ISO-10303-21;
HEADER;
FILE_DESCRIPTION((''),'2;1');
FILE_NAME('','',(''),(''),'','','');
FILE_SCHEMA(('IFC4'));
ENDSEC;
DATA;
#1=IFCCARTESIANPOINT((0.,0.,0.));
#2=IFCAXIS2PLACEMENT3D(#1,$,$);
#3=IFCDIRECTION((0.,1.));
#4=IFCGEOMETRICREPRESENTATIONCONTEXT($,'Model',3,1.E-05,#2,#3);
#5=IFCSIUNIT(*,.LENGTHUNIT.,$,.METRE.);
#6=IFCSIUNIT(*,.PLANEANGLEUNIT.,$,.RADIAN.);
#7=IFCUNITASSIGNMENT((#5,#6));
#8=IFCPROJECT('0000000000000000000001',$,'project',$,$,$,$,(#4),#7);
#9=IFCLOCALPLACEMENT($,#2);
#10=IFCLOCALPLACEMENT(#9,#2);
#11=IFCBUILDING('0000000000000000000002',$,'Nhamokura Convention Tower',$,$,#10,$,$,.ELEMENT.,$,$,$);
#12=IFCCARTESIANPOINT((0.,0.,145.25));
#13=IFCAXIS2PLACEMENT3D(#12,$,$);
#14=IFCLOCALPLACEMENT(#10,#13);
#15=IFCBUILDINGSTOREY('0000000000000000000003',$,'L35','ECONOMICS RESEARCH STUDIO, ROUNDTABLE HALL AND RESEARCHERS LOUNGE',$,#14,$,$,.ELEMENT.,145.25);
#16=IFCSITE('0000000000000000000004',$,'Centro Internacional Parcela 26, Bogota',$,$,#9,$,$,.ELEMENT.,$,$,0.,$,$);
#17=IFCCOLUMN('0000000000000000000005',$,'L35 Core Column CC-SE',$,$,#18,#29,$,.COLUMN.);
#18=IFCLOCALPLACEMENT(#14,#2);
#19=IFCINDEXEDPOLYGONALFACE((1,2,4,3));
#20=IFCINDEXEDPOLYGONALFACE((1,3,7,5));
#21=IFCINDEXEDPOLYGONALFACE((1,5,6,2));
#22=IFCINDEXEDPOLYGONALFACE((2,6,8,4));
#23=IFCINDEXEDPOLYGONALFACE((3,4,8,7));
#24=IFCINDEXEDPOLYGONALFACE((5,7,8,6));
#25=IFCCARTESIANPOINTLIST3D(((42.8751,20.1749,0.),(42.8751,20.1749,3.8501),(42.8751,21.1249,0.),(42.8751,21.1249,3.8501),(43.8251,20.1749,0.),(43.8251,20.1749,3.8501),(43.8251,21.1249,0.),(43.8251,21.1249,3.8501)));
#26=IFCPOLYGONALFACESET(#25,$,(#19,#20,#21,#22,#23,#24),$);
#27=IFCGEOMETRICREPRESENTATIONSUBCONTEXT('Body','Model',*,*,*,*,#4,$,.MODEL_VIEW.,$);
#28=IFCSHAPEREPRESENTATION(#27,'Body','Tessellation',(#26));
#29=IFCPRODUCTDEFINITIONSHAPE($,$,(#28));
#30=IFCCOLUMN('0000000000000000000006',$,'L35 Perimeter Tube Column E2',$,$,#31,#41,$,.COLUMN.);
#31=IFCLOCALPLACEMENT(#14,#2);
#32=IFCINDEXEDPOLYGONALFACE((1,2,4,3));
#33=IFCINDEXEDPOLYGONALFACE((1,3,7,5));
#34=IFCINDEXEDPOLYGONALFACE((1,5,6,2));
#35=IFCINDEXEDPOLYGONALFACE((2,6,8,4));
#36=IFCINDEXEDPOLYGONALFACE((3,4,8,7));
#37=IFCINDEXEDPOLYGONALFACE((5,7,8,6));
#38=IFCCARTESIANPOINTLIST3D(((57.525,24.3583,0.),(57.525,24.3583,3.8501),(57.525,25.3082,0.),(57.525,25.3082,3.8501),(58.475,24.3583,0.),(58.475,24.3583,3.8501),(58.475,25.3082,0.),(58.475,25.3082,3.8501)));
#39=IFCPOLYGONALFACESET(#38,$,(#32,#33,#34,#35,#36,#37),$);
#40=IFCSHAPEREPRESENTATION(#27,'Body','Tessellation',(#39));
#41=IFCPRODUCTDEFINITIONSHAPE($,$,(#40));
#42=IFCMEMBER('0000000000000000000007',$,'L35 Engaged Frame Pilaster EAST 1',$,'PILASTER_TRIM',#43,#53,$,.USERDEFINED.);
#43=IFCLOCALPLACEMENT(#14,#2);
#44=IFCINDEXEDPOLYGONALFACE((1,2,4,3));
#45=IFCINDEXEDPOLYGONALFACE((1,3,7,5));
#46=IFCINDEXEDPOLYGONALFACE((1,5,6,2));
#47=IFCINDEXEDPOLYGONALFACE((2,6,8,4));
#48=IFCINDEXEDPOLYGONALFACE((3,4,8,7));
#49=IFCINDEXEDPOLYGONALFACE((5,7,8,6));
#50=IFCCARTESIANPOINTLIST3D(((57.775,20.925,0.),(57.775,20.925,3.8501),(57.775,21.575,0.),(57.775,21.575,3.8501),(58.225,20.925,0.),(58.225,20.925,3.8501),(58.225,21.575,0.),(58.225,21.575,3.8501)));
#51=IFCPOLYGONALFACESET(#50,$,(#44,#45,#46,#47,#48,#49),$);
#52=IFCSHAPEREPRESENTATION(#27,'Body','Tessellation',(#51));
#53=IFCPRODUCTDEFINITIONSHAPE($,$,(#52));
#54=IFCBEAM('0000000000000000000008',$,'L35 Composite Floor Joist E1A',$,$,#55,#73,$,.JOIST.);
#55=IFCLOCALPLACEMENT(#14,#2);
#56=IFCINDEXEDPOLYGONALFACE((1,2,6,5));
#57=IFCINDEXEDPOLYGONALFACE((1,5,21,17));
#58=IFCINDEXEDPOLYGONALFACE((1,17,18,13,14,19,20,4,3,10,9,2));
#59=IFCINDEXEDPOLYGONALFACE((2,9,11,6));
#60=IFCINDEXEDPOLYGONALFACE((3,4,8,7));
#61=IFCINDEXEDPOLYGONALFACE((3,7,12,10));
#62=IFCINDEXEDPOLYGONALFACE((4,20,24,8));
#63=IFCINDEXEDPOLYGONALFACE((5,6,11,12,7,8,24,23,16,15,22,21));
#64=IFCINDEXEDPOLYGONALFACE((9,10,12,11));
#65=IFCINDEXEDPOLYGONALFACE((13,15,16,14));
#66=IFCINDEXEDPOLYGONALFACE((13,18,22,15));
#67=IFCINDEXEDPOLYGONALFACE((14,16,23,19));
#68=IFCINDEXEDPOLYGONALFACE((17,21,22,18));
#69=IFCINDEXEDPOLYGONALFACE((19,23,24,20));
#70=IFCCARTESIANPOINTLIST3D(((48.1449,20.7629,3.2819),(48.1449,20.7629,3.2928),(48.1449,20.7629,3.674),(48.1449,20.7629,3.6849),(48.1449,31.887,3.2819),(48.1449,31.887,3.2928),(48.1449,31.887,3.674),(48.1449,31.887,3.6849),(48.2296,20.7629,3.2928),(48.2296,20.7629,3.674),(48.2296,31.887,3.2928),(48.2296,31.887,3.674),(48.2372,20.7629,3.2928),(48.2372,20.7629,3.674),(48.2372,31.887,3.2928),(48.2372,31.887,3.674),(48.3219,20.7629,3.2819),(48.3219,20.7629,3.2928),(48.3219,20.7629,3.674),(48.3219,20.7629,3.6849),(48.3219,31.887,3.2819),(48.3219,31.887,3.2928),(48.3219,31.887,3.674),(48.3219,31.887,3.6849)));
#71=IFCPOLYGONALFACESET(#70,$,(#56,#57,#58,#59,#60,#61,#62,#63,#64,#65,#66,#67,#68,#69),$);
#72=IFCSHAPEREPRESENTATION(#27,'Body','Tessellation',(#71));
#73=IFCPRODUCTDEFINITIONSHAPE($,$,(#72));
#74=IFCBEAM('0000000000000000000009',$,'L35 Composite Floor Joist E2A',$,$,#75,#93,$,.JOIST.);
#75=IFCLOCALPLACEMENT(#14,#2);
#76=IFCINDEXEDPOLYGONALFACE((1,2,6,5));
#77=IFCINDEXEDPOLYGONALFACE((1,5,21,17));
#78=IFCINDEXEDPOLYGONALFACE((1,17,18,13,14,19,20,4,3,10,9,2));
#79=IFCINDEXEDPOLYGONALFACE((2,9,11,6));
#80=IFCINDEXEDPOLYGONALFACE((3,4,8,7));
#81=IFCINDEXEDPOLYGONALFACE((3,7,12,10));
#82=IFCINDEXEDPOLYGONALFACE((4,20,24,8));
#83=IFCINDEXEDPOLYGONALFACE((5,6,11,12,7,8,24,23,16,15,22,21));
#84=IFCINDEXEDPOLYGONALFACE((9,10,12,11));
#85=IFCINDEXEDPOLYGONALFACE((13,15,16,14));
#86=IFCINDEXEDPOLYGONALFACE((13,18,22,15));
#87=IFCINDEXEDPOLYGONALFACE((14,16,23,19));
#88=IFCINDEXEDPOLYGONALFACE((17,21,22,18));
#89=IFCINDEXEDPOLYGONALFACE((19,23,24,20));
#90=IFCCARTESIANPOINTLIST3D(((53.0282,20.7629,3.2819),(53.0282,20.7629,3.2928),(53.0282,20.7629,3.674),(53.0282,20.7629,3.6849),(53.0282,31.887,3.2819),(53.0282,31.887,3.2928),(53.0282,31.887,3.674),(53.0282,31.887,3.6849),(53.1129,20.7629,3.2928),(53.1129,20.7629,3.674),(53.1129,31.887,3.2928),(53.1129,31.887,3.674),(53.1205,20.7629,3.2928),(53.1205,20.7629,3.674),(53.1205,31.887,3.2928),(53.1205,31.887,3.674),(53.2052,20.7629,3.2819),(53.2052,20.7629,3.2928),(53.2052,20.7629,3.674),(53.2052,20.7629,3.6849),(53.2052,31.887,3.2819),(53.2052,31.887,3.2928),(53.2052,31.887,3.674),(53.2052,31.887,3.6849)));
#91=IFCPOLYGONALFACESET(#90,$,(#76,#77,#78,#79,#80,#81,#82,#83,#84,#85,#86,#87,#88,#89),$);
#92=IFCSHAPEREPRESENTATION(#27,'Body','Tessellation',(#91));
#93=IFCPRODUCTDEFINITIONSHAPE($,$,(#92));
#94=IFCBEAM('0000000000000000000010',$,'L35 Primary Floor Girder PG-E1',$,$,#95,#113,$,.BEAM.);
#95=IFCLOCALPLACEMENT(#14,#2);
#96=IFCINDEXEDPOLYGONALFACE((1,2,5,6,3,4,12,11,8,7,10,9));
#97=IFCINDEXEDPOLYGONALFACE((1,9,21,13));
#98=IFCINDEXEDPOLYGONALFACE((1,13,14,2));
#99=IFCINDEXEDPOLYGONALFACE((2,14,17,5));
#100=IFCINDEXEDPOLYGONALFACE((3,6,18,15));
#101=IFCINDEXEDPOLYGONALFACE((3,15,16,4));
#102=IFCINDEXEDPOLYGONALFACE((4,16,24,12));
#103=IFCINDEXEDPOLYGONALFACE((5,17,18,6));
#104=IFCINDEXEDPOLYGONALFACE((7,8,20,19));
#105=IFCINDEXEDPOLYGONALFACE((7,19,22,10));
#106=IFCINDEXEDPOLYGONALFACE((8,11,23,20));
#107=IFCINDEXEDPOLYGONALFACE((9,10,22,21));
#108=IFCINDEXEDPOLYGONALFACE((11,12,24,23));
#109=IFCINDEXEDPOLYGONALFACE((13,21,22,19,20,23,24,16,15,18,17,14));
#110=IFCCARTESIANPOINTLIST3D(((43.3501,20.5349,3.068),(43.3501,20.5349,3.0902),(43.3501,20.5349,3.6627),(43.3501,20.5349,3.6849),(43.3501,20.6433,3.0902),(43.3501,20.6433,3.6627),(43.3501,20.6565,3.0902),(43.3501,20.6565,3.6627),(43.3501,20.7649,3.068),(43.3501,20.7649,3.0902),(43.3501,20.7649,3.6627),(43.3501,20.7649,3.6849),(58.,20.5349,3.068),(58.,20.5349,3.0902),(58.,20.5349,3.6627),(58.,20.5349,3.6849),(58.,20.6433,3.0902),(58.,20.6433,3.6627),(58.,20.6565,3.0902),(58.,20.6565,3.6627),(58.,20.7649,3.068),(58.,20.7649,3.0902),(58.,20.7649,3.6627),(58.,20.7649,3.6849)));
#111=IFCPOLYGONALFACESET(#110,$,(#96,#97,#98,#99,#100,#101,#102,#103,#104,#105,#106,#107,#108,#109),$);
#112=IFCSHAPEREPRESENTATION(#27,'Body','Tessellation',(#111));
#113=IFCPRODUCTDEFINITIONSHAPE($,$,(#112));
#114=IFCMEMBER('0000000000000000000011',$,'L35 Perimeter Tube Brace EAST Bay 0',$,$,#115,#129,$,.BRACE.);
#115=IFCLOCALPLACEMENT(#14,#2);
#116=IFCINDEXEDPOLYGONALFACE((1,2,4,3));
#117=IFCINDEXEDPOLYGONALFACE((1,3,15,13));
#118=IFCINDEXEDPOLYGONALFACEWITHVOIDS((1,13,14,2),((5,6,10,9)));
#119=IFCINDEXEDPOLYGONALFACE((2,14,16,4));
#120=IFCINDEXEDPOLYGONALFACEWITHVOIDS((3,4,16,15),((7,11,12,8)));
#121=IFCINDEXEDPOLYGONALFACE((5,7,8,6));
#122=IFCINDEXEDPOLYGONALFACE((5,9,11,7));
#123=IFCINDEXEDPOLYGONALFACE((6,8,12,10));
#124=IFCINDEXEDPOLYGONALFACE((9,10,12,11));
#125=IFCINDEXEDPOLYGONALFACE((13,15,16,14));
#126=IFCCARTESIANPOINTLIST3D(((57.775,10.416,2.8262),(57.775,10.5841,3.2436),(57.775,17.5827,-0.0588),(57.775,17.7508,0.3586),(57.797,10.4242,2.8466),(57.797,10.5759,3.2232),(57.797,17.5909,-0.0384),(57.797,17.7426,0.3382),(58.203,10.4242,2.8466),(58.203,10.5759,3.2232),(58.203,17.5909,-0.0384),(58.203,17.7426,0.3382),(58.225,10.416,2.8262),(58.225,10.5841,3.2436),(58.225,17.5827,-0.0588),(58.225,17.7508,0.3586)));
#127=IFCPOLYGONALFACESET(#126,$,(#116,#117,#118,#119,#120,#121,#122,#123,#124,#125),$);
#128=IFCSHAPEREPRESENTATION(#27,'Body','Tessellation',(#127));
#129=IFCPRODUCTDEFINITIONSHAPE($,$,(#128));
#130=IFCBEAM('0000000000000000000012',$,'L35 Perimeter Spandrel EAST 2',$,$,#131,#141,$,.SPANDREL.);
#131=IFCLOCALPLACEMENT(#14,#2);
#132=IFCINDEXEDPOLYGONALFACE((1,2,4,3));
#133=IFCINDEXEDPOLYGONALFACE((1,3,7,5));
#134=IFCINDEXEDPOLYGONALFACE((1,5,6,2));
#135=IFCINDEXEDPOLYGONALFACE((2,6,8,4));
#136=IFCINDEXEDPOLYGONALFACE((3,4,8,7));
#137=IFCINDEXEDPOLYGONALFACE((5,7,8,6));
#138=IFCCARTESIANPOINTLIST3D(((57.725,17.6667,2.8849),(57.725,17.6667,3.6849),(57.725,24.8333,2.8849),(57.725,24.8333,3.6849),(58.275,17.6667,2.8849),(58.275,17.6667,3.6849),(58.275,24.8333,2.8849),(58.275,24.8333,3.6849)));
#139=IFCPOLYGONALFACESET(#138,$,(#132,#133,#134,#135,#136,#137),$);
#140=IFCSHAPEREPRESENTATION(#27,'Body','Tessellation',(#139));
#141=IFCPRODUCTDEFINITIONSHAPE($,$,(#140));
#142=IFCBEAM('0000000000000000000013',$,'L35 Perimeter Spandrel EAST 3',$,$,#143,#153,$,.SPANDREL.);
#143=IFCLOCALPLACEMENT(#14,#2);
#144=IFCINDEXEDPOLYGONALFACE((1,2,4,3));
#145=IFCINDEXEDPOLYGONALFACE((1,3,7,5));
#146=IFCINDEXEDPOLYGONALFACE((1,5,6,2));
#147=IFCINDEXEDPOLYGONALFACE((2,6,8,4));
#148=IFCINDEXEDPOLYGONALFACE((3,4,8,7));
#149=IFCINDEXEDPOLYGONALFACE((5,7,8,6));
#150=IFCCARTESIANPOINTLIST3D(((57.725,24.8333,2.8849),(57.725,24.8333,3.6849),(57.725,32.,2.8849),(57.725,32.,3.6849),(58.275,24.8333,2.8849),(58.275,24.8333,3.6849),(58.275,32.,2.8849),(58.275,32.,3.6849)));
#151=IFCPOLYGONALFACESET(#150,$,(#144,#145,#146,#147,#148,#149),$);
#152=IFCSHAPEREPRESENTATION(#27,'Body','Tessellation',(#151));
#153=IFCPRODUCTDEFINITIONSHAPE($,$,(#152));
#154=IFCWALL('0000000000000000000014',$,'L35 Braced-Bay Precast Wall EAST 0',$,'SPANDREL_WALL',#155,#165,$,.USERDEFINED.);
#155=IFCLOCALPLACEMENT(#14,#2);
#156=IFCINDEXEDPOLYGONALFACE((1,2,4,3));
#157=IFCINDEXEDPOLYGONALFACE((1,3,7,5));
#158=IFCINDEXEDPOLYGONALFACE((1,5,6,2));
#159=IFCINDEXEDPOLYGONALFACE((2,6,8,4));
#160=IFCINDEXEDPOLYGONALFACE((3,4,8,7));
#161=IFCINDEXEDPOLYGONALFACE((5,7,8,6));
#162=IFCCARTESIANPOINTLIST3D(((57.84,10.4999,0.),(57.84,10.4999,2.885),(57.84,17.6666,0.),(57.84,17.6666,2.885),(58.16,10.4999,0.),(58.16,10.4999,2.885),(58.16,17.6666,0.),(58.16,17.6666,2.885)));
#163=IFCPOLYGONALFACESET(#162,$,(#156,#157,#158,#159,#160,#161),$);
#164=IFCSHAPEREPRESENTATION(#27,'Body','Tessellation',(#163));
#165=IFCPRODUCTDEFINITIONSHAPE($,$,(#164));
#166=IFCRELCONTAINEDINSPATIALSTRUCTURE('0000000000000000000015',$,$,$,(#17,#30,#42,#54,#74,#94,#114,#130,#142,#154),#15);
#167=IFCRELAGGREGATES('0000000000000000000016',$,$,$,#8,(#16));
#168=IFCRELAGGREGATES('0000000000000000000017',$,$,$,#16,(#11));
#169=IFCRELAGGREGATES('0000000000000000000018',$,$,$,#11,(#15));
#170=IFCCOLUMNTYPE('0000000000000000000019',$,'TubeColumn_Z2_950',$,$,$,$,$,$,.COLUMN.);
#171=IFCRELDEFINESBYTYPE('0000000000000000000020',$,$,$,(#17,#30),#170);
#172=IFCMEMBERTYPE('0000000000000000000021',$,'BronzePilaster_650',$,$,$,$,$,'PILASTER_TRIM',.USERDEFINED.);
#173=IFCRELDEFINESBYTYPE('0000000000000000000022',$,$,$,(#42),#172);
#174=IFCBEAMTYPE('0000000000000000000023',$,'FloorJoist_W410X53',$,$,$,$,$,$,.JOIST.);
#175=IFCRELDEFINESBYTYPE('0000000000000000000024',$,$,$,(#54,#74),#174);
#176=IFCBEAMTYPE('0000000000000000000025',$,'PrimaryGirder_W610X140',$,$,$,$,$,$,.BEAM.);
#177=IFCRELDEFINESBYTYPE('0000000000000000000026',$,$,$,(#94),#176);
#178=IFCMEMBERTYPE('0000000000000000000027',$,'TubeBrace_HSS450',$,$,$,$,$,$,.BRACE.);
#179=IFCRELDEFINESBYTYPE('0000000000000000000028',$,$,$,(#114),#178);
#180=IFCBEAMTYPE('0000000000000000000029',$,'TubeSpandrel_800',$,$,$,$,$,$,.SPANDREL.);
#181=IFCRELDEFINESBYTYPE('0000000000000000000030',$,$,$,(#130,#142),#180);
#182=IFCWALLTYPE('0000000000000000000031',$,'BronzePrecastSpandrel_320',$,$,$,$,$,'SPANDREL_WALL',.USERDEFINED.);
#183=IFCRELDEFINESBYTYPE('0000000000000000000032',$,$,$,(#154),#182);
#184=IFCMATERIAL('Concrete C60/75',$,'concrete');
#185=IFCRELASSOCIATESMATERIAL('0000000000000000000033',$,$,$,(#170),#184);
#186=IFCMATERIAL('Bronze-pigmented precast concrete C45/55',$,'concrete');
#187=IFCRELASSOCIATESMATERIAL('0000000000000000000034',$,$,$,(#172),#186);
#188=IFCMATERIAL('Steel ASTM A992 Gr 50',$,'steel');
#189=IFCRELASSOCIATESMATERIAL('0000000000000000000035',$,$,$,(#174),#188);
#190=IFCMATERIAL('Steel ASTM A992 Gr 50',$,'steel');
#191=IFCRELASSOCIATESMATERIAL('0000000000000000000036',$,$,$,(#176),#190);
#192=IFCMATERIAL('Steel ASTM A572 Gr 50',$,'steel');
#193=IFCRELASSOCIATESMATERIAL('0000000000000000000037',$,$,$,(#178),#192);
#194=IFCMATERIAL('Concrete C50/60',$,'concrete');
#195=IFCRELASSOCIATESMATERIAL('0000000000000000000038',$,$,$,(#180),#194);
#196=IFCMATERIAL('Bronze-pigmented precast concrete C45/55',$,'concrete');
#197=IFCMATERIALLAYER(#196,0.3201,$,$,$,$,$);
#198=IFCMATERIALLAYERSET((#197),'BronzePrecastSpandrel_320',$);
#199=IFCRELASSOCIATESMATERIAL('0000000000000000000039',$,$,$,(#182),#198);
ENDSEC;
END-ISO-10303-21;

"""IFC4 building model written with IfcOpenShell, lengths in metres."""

from ifc_helpers import new_model, si_unit, direction, frame, frame_2d, origin, origin_2d, place, context, subcontext, project, spatial, rectangle, hollow_rectangle, i_section, extrude, material, layer, layer_set, material_profile, profile_set, type_object, element, save


model = new_model("IFC4")

# Units and contexts
model_context = context("Model", 3, precision=1e-05, world=origin(), true_north=direction((0.0, 1.0)))
body_context = subcontext(model_context, "Body", "Model", "MODEL_VIEW")
ifc_project = project(units=[si_unit("LENGTHUNIT", "METRE"), si_unit("PLANEANGLEUNIT", "RADIAN")], contexts=[model_context])

# Site, building, storey
site_placement = place(None, origin())
site = spatial("IfcSite", under=ifc_project, at=site_placement, Name="Centro Internacional Parcela 26, Bogota", CompositionType="ELEMENT", RefElevation=0.0)
building_placement = place(site_placement, origin())
building = spatial("IfcBuilding", under=site, at=building_placement, Name="Nhamokura Convention Tower", CompositionType="ELEMENT")
storey_placement = place(building_placement, frame((0.0, 0.0, 145.25)))
storey = spatial("IfcBuildingStorey", under=building, at=storey_placement, Name="L35", Description="ECONOMICS RESEARCH STUDIO, ROUNDTABLE HALL AND RESEARCHERS LOUNGE", CompositionType="ELEMENT", Elevation=145.25)

# Columns
ifc_material_1 = material(Name="Concrete C60/75", Category="concrete")
ifc_material_profile_1 = material_profile(ifc_material_1, rectangle(XDim=0.95, YDim=0.95, at=origin_2d()))
ifc_profile_set_1 = profile_set([ifc_material_profile_1], Name="Concrete C60/75")
column_type = type_object("IfcColumnType", Name="TubeColumn_Z2_950", PredefinedType="COLUMN", material=ifc_profile_set_1)
for number, where, z_axis, x_axis, name in (
    (1, (43.3501, 20.6499, 0.0), (0.0, 0.0, 1.0), (1.0, 0.0, 0.0), "L35 Core Column CC-SE"),
    (2, (58.0, 24.8333, 0.0), (0.0, 0.0, 1.0), (1.0, 0.0, 0.0), "L35 Perimeter Tube Column E2"),
):
    element("IfcColumn", number, at=place(storey_placement, frame(where, z_axis=z_axis, x_axis=x_axis)), inside=storey, type_object=column_type, Name=name, PredefinedType="COLUMN", context=body_context, shape_type="SweptSolid", body=[
        extrude(rectangle(XDim=0.95, YDim=0.95, at=origin_2d()), origin(), (0.0, 0.0, 1.0), 3.8501),
    ])

# Member
ifc_material_2 = material(Name="Bronze-pigmented precast concrete C45/55", Category="concrete")
ifc_material_profile_2 = material_profile(ifc_material_2, rectangle(XDim=0.45, YDim=0.6499, at=origin_2d()))
ifc_profile_set_2 = profile_set([ifc_material_profile_2], Name="Bronze-pigmented precast concrete C45/55")
member_type_1 = type_object("IfcMemberType", Name="BronzePilaster_650", ElementType="PILASTER_TRIM", PredefinedType="USERDEFINED", material=ifc_profile_set_2)
member_1_placement = place(storey_placement, frame((58.0, 21.25, 0.0), z_axis=(0.0, 0.0, 1.0), x_axis=(1.0, 0.0, 0.0)))
element("IfcMember", 3, at=member_1_placement, inside=storey, type_object=member_type_1, Name="L35 Engaged Frame Pilaster EAST 1", ObjectType="PILASTER_TRIM", PredefinedType="USERDEFINED", context=body_context, shape_type="SweptSolid", body=[
    extrude(rectangle(XDim=0.45, YDim=0.6499, at=origin_2d()), origin(), (0.0, 0.0, 1.0), 3.8501),
])

# Beams
ifc_material_3 = material(Name="Steel ASTM A992 Gr 50", Category="steel")
ifc_material_profile_3 = material_profile(ifc_material_3, i_section(OverallWidth=0.177, OverallDepth=0.4031, WebThickness=0.0076, FlangeThickness=0.011, at=origin_2d()))
ifc_profile_set_3 = profile_set([ifc_material_profile_3], Name="Steel ASTM A992 Gr 50")
beam_type_1 = type_object("IfcBeamType", Name="FloorJoist_W410X53", PredefinedType="JOIST", material=ifc_profile_set_3)
for number, where, z_axis, x_axis, name in (
    (4, (48.2334, 20.7629, 3.4834), (0.0, 1.0, 0.0), (-1.0, 0.0, 0.0), "L35 Composite Floor Joist E1A"),
    (5, (53.1167, 20.7629, 3.4834), (0.0, 1.0, 0.0), (-1.0, 0.0, 0.0), "L35 Composite Floor Joist E2A"),
):
    element("IfcBeam", number, at=place(storey_placement, frame(where, z_axis=z_axis, x_axis=x_axis)), inside=storey, type_object=beam_type_1, Name=name, PredefinedType="JOIST", context=body_context, shape_type="SweptSolid", body=[
        extrude(i_section(OverallWidth=0.177, OverallDepth=0.4031, WebThickness=0.0076, FlangeThickness=0.011, at=origin_2d()), origin(), (0.0, 0.0, 1.0), 11.124),
    ])
ifc_material_4 = material(Name="Steel ASTM A992 Gr 50", Category="steel")
ifc_material_profile_4 = material_profile(ifc_material_4, i_section(OverallWidth=0.23, OverallDepth=0.6169, WebThickness=0.0132, FlangeThickness=0.0222, at=origin_2d()))
ifc_profile_set_4 = profile_set([ifc_material_profile_4], Name="Steel ASTM A992 Gr 50")
beam_type_2 = type_object("IfcBeamType", Name="PrimaryGirder_W610X140", PredefinedType="BEAM", material=ifc_profile_set_4)
beam_1_placement = place(storey_placement, frame((43.3501, 20.6499, 3.3765), z_axis=(1.0, 0.0, 0.0), x_axis=(0.0, 1.0, 0.0)))
element("IfcBeam", 6, at=beam_1_placement, inside=storey, type_object=beam_type_2, Name="L35 Primary Floor Girder PG-E1", PredefinedType="BEAM", context=body_context, shape_type="SweptSolid", body=[
    extrude(i_section(OverallWidth=0.23, OverallDepth=0.6169, WebThickness=0.0132, FlangeThickness=0.0222, at=origin_2d()), origin(), (0.0, 0.0, 1.0), 14.6499),
])

# Member
ifc_material_5 = material(Name="Steel ASTM A572 Gr 50", Category="steel")
ifc_material_profile_5 = material_profile(ifc_material_5, hollow_rectangle(XDim=0.45, YDim=0.45, WallThickness=0.022, at=origin_2d()))
ifc_profile_set_5 = profile_set([ifc_material_profile_5], Name="Steel ASTM A572 Gr 50")
member_type_2 = type_object("IfcMemberType", Name="TubeBrace_HSS450", PredefinedType="BRACE", material=ifc_profile_set_5)
member_2_placement = place(storey_placement, frame((58.0, 17.6667, 0.1499), z_axis=(0.0, -0.927657, 0.373433), x_axis=(1.0, 0.0, 0.0)))
element("IfcMember", 7, at=member_2_placement, inside=storey, type_object=member_type_2, Name="L35 Perimeter Tube Brace EAST Bay 0", PredefinedType="BRACE", context=body_context, shape_type="SweptSolid", body=[
    extrude(hollow_rectangle(XDim=0.45, YDim=0.45, WallThickness=0.022, at=origin_2d()), origin(), (0.0, 0.0, 1.0), 7.7256),
])

# Beams
ifc_material_6 = material(Name="Concrete C50/60", Category="concrete")
ifc_material_profile_6 = material_profile(ifc_material_6, rectangle(XDim=0.55, YDim=0.8, at=origin_2d()))
ifc_profile_set_6 = profile_set([ifc_material_profile_6], Name="Concrete C50/60")
beam_type_3 = type_object("IfcBeamType", Name="TubeSpandrel_800", PredefinedType="SPANDREL", material=ifc_profile_set_6)
beam_2_placement = place(storey_placement, frame((58.0, 17.6667, 3.2849), z_axis=(0.0, 1.0, 0.0), x_axis=(-1.0, 0.0, 0.0)))
element("IfcBeam", 8, at=beam_2_placement, inside=storey, type_object=beam_type_3, Name="L35 Perimeter Spandrel EAST 2", PredefinedType="SPANDREL", context=body_context, shape_type="SweptSolid", body=[
    extrude(rectangle(XDim=0.55, YDim=0.8, at=origin_2d()), origin(), (0.0, 0.0, 1.0), 7.1665),
])
beam_3_placement = place(storey_placement, frame((58.0, 24.8333, 3.2849), z_axis=(0.0, 1.0, 0.0), x_axis=(-1.0, 0.0, 0.0)))
element("IfcBeam", 9, at=beam_3_placement, inside=storey, type_object=beam_type_3, Name="L35 Perimeter Spandrel EAST 3", PredefinedType="SPANDREL", context=body_context, shape_type="SweptSolid", body=[
    extrude(rectangle(XDim=0.55, YDim=0.8, at=origin_2d()), origin(), (0.0, 0.0, 1.0), 7.1667),
])

# Wall
ifc_material_7 = material(Name="Bronze-pigmented precast concrete C45/55", Category="concrete")
ifc_layer_1 = layer(ifc_material_7, 0.3201)
ifc_layer_set_1 = layer_set([ifc_layer_1], Name="BronzePrecastSpandrel_320")
wall_type_1 = type_object("IfcWallType", Name="BronzePrecastSpandrel_320", ElementType="SPANDREL_WALL", PredefinedType="USERDEFINED", material=ifc_layer_set_1)
wall_1_placement = place(storey_placement, frame((58.0, 17.6667, 0.0), z_axis=(0.0, 0.0, 1.0), x_axis=(0.0, -1.0, 0.0)))
element("IfcWall", 10, at=wall_1_placement, inside=storey, type_object=wall_type_1, Name="L35 Braced-Bay Precast Wall EAST 0", ObjectType="SPANDREL_WALL", PredefinedType="USERDEFINED", context=body_context, shape_type="SweptSolid", body=[
    extrude(rectangle(XDim=7.1667, YDim=0.3201, at=frame_2d((3.5835, 0.0))), origin(), (0.0, 0.0, 1.0), 2.885),
])

save(model, "model.ifc")
